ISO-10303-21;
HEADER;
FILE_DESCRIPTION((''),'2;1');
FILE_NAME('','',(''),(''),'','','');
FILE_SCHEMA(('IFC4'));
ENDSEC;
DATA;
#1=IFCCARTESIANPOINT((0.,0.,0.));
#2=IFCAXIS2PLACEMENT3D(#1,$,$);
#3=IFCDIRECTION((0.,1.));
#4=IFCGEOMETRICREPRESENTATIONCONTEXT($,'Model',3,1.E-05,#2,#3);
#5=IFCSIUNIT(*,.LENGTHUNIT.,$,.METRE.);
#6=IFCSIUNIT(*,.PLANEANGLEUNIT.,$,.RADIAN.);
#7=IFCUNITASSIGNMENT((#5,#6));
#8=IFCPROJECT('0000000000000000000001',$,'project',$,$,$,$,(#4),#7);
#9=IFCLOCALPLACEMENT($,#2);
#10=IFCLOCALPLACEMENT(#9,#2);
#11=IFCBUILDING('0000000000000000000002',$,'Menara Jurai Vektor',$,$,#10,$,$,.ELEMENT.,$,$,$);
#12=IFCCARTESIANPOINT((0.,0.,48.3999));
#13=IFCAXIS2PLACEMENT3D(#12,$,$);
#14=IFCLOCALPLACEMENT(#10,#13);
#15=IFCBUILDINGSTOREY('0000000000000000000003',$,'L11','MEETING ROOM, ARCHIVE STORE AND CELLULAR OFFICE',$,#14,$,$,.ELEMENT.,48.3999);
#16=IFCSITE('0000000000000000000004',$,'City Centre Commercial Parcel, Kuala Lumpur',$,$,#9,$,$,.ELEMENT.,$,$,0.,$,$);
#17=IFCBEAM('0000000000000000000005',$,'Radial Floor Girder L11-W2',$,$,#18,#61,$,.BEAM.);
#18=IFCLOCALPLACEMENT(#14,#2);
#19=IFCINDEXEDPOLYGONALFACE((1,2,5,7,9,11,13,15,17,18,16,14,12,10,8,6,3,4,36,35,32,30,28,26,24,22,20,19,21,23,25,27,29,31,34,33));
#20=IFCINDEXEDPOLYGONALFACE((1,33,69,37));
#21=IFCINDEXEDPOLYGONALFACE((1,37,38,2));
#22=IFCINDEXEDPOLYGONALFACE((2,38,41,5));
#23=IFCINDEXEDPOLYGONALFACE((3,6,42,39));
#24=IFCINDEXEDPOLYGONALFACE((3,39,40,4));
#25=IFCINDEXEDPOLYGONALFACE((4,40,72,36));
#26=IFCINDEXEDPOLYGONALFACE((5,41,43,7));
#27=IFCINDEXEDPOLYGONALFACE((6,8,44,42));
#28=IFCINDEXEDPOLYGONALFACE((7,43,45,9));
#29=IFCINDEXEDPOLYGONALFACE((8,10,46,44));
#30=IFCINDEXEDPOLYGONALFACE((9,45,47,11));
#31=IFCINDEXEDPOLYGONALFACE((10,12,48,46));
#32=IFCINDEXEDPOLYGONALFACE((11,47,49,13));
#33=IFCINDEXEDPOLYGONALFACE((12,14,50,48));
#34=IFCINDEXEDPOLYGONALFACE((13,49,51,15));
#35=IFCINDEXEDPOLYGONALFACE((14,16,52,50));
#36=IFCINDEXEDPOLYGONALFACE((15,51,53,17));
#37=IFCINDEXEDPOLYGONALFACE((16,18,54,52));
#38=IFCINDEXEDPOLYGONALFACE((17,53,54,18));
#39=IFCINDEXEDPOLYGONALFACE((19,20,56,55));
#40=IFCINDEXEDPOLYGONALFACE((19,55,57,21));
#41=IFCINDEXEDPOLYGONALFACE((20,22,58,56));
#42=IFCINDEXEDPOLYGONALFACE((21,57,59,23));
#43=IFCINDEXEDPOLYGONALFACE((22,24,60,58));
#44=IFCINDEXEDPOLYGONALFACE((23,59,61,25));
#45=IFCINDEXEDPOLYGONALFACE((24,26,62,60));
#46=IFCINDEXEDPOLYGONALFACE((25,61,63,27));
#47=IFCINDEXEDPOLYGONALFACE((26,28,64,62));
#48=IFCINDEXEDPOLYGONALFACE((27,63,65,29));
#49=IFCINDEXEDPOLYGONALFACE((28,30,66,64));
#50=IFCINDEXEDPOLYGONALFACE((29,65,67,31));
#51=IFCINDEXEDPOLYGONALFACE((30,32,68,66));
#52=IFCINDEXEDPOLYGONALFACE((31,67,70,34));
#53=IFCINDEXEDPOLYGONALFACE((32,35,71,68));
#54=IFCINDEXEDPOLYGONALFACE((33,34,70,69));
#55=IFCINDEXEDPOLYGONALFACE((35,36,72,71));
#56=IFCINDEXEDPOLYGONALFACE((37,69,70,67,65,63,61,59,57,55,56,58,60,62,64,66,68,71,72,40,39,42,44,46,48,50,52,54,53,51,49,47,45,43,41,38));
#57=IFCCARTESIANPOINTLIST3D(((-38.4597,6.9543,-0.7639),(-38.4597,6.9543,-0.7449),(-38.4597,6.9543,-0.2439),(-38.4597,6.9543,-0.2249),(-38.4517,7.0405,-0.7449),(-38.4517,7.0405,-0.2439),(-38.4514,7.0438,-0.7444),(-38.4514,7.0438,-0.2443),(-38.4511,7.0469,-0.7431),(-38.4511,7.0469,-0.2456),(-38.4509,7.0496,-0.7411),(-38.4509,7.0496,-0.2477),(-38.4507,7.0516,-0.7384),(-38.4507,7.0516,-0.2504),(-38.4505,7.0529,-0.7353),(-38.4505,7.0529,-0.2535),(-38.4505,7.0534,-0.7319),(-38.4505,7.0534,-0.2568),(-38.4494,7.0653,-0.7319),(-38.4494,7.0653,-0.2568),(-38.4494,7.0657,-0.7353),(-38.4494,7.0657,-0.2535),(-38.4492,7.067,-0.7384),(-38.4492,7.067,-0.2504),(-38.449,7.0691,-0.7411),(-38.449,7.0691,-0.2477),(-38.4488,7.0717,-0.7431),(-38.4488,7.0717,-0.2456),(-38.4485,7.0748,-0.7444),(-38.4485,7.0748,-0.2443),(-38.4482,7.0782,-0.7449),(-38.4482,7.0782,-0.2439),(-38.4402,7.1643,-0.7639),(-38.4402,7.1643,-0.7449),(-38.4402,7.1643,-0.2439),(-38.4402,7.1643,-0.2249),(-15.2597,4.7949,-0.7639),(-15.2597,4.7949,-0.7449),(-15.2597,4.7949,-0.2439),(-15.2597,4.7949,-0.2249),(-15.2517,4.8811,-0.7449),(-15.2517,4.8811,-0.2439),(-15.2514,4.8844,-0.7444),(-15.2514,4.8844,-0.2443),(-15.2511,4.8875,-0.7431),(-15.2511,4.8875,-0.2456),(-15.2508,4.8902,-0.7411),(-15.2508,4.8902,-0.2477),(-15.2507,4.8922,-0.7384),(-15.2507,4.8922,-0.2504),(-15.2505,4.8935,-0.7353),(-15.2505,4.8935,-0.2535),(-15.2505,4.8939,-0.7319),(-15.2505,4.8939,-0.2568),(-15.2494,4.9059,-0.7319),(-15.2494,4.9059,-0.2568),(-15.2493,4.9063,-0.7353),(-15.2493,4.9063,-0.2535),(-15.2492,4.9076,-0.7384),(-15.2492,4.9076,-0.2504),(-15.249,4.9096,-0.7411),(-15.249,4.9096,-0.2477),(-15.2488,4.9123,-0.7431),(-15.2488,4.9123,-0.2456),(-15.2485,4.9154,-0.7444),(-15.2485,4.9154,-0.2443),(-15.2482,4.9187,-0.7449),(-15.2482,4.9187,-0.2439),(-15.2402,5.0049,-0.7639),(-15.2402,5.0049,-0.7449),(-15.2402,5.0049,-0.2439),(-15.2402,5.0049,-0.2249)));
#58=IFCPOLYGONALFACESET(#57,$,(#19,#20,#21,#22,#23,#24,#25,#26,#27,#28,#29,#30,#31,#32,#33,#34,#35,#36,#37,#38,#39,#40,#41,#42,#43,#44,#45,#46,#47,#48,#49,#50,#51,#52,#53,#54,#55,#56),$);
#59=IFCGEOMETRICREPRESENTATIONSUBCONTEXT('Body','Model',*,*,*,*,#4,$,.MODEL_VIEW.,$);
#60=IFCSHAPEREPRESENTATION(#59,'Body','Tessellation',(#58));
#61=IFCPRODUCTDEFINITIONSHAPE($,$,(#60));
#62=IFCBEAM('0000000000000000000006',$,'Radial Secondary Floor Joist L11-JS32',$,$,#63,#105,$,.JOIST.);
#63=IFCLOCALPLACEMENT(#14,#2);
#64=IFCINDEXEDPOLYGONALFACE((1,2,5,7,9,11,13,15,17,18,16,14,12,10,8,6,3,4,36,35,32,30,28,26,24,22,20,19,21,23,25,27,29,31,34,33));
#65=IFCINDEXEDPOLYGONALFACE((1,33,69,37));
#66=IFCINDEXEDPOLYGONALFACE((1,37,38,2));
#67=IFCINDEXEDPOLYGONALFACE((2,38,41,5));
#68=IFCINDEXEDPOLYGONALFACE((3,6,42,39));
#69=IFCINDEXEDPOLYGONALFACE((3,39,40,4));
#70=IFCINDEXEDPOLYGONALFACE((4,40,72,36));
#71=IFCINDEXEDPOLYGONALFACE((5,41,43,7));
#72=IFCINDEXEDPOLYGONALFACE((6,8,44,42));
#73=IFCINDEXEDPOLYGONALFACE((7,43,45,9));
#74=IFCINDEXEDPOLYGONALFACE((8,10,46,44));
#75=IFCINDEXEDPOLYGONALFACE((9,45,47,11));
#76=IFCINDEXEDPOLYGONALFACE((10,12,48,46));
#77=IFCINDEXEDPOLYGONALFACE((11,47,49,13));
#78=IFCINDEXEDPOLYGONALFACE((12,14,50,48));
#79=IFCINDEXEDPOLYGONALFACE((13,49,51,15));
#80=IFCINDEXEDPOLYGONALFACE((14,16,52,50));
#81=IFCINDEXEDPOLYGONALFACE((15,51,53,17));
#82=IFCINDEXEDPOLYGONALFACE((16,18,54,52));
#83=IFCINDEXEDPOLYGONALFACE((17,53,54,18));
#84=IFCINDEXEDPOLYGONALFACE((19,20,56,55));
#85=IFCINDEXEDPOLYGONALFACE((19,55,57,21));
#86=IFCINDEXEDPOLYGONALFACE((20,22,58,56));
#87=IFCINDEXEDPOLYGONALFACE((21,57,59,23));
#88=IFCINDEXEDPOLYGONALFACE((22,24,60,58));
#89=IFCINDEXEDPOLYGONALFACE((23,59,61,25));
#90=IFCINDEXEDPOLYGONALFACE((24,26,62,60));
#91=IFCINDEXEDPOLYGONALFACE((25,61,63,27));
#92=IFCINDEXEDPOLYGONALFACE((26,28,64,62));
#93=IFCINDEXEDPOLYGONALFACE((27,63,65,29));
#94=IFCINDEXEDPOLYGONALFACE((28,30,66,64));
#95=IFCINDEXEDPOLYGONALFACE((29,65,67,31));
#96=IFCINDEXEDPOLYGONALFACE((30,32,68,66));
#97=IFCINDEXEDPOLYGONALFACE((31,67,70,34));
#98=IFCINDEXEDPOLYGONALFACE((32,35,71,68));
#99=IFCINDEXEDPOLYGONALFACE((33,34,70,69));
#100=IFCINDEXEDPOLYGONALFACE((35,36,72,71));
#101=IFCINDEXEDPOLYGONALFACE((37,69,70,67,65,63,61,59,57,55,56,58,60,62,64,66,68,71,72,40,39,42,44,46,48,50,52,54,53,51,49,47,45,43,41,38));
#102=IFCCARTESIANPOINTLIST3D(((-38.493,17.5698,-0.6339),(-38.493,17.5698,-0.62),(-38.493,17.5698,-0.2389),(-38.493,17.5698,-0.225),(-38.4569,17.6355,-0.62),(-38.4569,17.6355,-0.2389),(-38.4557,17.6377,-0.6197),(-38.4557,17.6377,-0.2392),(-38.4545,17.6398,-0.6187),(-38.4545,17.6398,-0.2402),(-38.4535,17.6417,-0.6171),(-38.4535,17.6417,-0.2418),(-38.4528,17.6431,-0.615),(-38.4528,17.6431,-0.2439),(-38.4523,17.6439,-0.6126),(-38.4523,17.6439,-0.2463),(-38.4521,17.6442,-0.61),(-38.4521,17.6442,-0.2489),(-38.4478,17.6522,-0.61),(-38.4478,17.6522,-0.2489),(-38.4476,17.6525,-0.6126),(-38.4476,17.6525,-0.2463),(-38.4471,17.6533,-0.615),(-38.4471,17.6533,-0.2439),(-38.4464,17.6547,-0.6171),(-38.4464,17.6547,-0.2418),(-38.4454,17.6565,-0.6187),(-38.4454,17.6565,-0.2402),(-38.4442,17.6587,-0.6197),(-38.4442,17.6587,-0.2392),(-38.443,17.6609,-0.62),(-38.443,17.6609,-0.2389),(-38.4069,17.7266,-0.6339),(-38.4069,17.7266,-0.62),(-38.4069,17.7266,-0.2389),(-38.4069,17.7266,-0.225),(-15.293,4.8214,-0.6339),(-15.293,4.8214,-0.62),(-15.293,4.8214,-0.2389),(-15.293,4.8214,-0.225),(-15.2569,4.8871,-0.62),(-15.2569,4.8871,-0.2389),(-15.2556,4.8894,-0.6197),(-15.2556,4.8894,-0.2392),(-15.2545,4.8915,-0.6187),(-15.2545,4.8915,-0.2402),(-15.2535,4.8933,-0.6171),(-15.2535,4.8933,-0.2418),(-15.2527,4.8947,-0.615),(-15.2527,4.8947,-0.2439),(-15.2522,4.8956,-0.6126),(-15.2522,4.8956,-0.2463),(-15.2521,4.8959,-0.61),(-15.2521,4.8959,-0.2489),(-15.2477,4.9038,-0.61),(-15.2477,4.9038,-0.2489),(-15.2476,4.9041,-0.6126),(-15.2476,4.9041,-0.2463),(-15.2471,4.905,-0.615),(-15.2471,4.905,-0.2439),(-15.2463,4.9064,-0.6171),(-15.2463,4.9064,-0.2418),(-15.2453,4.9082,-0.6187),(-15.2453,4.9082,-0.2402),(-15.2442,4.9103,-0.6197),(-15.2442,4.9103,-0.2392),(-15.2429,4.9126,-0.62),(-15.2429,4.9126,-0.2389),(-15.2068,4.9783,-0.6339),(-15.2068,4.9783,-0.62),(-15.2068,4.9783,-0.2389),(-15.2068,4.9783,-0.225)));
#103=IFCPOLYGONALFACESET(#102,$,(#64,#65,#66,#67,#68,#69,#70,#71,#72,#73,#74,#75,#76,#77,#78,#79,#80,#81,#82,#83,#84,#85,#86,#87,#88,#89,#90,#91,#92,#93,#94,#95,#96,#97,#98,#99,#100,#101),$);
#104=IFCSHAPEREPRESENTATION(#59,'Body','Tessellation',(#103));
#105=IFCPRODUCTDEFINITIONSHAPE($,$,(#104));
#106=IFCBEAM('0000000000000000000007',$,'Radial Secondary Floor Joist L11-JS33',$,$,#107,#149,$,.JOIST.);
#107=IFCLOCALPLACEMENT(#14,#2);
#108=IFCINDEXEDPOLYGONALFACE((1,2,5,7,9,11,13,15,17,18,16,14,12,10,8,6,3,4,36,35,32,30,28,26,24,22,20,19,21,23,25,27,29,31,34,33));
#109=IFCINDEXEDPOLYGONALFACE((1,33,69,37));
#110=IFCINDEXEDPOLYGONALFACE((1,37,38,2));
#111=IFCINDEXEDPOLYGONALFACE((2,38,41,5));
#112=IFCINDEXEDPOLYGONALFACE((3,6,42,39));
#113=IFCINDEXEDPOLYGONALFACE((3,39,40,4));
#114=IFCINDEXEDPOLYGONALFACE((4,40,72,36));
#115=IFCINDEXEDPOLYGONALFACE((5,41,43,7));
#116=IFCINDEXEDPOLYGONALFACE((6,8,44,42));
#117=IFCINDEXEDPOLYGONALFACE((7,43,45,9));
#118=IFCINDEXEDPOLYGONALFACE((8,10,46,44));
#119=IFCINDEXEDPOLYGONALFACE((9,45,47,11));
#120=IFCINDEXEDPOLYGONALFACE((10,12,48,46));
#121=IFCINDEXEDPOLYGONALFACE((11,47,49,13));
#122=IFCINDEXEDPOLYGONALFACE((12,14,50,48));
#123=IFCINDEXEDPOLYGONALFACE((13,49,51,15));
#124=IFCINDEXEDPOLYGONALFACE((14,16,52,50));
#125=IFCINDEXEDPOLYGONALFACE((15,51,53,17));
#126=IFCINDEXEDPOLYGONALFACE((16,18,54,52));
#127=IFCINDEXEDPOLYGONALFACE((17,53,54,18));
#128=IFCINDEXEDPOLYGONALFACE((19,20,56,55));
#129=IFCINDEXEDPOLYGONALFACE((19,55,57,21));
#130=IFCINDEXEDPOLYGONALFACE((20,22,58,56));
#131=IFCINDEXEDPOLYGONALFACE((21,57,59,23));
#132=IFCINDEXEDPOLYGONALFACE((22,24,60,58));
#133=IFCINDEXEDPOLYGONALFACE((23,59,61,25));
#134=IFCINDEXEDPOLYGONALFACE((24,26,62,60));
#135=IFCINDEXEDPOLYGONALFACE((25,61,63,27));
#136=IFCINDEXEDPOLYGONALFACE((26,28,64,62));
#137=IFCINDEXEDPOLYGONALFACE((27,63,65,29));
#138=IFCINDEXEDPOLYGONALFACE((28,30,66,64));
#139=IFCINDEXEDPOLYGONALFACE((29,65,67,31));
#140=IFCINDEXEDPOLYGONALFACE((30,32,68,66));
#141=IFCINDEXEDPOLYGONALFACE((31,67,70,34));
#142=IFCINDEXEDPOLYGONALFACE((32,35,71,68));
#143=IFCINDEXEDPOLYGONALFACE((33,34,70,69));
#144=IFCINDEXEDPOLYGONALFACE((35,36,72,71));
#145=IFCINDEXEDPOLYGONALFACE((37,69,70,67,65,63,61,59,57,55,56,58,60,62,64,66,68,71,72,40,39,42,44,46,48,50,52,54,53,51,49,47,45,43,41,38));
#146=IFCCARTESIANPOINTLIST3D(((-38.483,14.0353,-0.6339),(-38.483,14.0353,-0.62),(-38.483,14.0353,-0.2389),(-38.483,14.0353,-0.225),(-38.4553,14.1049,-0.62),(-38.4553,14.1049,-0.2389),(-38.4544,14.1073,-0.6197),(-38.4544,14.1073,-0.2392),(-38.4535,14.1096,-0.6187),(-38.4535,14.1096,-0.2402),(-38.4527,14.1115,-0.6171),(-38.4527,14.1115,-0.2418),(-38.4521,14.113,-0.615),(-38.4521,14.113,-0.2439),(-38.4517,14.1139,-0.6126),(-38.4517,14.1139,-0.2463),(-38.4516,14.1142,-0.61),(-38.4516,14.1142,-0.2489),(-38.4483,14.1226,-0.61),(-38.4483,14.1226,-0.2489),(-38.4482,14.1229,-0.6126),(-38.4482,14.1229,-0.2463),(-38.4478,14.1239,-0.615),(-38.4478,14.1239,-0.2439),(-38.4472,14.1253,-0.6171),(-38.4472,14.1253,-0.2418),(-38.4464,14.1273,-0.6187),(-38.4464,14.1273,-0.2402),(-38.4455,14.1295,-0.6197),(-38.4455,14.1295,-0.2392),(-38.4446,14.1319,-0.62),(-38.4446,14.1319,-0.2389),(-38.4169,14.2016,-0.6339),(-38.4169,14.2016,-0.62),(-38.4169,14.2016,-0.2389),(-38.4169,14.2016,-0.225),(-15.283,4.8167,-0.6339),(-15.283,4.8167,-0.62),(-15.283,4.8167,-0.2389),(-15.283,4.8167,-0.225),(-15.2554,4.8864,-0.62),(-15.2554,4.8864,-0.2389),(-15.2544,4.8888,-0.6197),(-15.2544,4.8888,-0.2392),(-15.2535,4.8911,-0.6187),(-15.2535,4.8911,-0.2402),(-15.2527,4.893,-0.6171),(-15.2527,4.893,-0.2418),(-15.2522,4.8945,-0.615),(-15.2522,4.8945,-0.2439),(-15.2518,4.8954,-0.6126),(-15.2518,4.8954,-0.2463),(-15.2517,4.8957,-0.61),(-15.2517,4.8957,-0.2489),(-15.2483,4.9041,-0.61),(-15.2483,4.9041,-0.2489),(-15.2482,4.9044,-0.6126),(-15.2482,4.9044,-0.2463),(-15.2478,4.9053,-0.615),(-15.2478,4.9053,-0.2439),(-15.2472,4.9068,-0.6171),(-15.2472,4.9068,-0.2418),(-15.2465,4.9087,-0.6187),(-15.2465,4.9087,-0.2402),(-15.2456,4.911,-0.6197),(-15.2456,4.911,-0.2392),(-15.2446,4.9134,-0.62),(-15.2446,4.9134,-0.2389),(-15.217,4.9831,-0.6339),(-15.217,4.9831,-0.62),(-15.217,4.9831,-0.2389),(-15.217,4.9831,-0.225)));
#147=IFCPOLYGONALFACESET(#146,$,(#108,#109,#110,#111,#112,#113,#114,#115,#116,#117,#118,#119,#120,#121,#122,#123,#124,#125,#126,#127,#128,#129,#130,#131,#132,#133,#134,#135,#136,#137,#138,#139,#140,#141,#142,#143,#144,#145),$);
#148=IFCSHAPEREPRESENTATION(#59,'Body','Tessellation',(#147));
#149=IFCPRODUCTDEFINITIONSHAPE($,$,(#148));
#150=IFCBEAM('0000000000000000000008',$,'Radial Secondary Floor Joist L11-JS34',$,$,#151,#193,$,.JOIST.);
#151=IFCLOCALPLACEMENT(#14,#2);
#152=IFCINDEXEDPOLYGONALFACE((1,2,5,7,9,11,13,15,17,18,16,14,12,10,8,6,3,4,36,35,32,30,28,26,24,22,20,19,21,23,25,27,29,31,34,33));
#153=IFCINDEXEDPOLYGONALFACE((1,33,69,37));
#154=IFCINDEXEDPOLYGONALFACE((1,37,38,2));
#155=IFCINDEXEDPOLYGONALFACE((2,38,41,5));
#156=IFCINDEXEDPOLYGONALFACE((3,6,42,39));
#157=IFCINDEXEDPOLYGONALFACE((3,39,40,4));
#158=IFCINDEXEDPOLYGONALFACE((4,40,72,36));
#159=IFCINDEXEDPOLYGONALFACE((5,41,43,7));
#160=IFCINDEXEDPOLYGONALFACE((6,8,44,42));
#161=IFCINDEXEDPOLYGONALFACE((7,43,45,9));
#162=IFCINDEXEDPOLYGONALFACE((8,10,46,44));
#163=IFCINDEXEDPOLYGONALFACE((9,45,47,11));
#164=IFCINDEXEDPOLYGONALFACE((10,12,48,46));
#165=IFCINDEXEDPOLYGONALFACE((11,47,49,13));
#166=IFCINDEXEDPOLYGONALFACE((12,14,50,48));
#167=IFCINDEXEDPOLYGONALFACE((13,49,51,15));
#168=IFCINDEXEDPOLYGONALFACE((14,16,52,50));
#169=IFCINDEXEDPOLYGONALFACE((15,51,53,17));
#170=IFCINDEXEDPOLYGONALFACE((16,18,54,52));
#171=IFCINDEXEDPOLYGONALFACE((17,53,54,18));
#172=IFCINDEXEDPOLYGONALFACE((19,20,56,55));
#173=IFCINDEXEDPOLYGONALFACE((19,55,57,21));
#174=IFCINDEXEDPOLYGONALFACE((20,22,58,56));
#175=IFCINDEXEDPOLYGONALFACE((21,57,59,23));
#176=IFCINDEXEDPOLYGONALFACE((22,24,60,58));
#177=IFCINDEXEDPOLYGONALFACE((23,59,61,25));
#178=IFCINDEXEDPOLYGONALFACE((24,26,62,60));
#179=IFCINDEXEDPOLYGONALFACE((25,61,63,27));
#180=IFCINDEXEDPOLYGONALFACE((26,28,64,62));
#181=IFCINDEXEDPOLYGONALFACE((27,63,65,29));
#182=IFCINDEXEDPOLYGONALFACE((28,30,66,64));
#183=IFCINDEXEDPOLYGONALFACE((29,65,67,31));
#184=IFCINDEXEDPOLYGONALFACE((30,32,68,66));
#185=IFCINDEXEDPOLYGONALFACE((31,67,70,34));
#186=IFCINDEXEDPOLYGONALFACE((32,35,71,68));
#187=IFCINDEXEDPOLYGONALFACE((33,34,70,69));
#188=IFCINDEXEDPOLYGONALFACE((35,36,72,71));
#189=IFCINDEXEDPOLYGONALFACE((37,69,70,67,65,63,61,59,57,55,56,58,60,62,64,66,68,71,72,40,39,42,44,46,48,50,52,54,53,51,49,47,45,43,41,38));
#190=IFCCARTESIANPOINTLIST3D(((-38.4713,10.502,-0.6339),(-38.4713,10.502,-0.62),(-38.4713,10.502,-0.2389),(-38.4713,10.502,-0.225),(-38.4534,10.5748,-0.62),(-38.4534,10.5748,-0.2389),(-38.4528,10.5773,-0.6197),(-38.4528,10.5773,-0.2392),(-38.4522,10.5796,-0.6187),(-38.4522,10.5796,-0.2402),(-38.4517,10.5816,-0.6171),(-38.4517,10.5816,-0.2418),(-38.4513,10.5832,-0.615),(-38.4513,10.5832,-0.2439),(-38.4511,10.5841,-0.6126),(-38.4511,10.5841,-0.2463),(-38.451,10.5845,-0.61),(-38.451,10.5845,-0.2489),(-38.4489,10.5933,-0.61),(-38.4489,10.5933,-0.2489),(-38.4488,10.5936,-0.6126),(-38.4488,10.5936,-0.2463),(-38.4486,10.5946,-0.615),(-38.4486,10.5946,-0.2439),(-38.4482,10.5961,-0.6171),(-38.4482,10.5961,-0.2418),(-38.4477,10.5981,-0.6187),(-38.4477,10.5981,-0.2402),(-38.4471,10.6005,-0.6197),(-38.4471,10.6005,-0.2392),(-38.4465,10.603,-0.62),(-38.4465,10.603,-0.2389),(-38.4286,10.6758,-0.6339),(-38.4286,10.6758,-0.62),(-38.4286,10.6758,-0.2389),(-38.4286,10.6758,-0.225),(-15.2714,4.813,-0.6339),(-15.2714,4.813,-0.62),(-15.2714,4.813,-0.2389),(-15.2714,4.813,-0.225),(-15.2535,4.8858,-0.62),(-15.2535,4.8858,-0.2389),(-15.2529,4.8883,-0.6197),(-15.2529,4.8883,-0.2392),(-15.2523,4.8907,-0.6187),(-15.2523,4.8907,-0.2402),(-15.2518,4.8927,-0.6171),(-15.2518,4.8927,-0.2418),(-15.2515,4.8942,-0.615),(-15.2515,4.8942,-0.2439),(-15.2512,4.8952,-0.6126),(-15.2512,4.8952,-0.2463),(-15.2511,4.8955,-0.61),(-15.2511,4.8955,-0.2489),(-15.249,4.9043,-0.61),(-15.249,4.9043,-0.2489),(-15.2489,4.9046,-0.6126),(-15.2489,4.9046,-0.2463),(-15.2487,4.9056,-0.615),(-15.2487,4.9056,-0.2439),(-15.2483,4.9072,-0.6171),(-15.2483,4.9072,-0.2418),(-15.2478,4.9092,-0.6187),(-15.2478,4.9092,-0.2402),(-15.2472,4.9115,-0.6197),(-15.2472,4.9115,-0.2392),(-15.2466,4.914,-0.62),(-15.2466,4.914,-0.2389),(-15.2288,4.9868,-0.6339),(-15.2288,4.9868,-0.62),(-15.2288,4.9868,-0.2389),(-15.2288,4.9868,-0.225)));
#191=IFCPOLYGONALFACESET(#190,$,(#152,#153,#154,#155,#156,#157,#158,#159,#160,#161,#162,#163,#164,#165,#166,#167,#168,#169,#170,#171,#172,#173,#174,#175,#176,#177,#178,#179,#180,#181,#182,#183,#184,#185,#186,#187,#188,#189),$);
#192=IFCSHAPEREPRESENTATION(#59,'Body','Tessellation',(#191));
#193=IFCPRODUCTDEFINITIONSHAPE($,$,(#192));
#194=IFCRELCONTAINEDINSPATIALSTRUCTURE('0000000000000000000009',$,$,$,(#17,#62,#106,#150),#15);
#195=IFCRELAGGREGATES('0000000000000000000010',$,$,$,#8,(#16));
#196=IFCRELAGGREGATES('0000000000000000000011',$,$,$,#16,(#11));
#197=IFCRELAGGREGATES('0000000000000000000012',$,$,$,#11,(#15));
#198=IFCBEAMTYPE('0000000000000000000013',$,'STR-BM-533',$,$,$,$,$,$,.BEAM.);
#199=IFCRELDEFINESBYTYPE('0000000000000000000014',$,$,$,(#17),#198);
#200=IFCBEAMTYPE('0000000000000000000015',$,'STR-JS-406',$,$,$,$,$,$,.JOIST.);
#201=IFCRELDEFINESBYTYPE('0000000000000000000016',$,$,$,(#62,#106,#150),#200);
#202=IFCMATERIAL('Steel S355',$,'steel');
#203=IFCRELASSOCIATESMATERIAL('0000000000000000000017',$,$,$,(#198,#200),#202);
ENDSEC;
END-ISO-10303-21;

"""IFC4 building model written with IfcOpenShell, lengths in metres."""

from ifc_helpers import new_model, si_unit, direction, frame, origin, origin_2d, place, context, subcontext, project, spatial, i_section, extrude, material, material_profile, profile_set, type_object, element, save


model = new_model("IFC4")

# Units and contexts
model_context = context("Model", 3, precision=1e-05, world=origin(), true_north=direction((0.0, 1.0)))
body_context = subcontext(model_context, "Body", "Model", "MODEL_VIEW")
ifc_project = project(units=[si_unit("LENGTHUNIT", "METRE"), si_unit("PLANEANGLEUNIT", "RADIAN")], contexts=[model_context])

# Site, building, storey
site_placement = place(None, origin())
site = spatial("IfcSite", under=ifc_project, at=site_placement, Name="City Centre Commercial Parcel, Kuala Lumpur", CompositionType="ELEMENT", RefElevation=0.0)
building_placement = place(site_placement, origin())
building = spatial("IfcBuilding", under=site, at=building_placement, Name="Menara Jurai Vektor", CompositionType="ELEMENT")
storey_placement = place(building_placement, frame((0.0, 0.0, 48.3999)))
storey = spatial("IfcBuildingStorey", under=building, at=storey_placement, Name="L11", Description="MEETING ROOM, ARCHIVE STORE AND CELLULAR OFFICE", CompositionType="ELEMENT", Elevation=48.3999)

# Beams
ifc_material_1 = material(Name="Steel S355", Category="steel")
ifc_material_profile_1 = material_profile(ifc_material_1, i_section(OverallWidth=0.2109, OverallDepth=0.5391, WebThickness=0.012, FlangeThickness=0.019, FilletRadius=0.0129, at=origin_2d()), Name="UKB 533x210x109")
ifc_profile_set_1 = profile_set([ifc_material_profile_1], Name="Steel S355")
beam_type_1 = type_object("IfcBeamType", Name="STR-BM-533", PredefinedType="BEAM", material=ifc_profile_set_1)
beam_1_placement = place(storey_placement, frame((-38.45, 7.0593, -0.4944), z_axis=(0.995696, -0.092678, 0.0), x_axis=(0.092678, 0.995696, 0.0)))
element("IfcBeam", 1, at=beam_1_placement, inside=storey, type_object=beam_type_1, Name="Radial Floor Girder L11-W2", PredefinedType="BEAM", context=body_context, shape_type="SweptSolid", body=[
    extrude(i_section(OverallWidth=0.2109, OverallDepth=0.5391, WebThickness=0.012, FlangeThickness=0.019, FilletRadius=0.0129, at=origin_2d()), origin(), (0.0, 0.0, 1.0), 23.3003),
])
ifc_material_profile_2 = material_profile(ifc_material_1, i_section(OverallWidth=0.179, OverallDepth=0.4089, WebThickness=0.009, FlangeThickness=0.0139, FilletRadius=0.01, at=origin_2d()), Name="UKB 406x178x67")
ifc_profile_set_2 = profile_set([ifc_material_profile_2], Name="Steel S355")
beam_type_2 = type_object("IfcBeamType", Name="STR-JS-406", PredefinedType="JOIST", material=ifc_profile_set_2)
beam_2_placement = place(storey_placement, frame((-38.45, 17.6482, -0.4294), z_axis=(0.876402, -0.48158, 0.0), x_axis=(0.48158, 0.876402, 0.0)))
element("IfcBeam", 2, at=beam_2_placement, inside=storey, type_object=beam_type_2, Name="Radial Secondary Floor Joist L11-JS32", PredefinedType="JOIST", context=body_context, shape_type="SweptSolid", body=[
    extrude(i_section(OverallWidth=0.179, OverallDepth=0.4089, WebThickness=0.009, FlangeThickness=0.0139, FilletRadius=0.01, at=origin_2d()), origin(), (0.0, 0.0, 1.0), 26.4719),
])
beam_3_placement = place(storey_placement, frame((-38.45, 14.1184, -0.4294), z_axis=(0.929323, -0.369267, 0.0), x_axis=(0.369267, 0.929323, 0.0)))
element("IfcBeam", 3, at=beam_3_placement, inside=storey, type_object=beam_type_2, Name="Radial Secondary Floor Joist L11-JS33", PredefinedType="JOIST", context=body_context, shape_type="SweptSolid", body=[
    extrude(i_section(OverallWidth=0.179, OverallDepth=0.4089, WebThickness=0.009, FlangeThickness=0.0139, FilletRadius=0.01, at=origin_2d()), origin(), (0.0, 0.0, 1.0), 24.9644),
])
beam_4_placement = place(storey_placement, frame((-38.45, 10.5889, -0.4294), z_axis=(0.971226, -0.238159, 0.0), x_axis=(0.238159, 0.971226, 0.0)))
element("IfcBeam", 4, at=beam_4_placement, inside=storey, type_object=beam_type_2, Name="Radial Secondary Floor Joist L11-JS34", PredefinedType="JOIST", context=body_context, shape_type="SweptSolid", body=[
    extrude(i_section(OverallWidth=0.179, OverallDepth=0.4089, WebThickness=0.009, FlangeThickness=0.0139, FilletRadius=0.01, at=origin_2d()), origin(), (0.0, 0.0, 1.0), 23.8872),
])

save(model, "model.ifc")
